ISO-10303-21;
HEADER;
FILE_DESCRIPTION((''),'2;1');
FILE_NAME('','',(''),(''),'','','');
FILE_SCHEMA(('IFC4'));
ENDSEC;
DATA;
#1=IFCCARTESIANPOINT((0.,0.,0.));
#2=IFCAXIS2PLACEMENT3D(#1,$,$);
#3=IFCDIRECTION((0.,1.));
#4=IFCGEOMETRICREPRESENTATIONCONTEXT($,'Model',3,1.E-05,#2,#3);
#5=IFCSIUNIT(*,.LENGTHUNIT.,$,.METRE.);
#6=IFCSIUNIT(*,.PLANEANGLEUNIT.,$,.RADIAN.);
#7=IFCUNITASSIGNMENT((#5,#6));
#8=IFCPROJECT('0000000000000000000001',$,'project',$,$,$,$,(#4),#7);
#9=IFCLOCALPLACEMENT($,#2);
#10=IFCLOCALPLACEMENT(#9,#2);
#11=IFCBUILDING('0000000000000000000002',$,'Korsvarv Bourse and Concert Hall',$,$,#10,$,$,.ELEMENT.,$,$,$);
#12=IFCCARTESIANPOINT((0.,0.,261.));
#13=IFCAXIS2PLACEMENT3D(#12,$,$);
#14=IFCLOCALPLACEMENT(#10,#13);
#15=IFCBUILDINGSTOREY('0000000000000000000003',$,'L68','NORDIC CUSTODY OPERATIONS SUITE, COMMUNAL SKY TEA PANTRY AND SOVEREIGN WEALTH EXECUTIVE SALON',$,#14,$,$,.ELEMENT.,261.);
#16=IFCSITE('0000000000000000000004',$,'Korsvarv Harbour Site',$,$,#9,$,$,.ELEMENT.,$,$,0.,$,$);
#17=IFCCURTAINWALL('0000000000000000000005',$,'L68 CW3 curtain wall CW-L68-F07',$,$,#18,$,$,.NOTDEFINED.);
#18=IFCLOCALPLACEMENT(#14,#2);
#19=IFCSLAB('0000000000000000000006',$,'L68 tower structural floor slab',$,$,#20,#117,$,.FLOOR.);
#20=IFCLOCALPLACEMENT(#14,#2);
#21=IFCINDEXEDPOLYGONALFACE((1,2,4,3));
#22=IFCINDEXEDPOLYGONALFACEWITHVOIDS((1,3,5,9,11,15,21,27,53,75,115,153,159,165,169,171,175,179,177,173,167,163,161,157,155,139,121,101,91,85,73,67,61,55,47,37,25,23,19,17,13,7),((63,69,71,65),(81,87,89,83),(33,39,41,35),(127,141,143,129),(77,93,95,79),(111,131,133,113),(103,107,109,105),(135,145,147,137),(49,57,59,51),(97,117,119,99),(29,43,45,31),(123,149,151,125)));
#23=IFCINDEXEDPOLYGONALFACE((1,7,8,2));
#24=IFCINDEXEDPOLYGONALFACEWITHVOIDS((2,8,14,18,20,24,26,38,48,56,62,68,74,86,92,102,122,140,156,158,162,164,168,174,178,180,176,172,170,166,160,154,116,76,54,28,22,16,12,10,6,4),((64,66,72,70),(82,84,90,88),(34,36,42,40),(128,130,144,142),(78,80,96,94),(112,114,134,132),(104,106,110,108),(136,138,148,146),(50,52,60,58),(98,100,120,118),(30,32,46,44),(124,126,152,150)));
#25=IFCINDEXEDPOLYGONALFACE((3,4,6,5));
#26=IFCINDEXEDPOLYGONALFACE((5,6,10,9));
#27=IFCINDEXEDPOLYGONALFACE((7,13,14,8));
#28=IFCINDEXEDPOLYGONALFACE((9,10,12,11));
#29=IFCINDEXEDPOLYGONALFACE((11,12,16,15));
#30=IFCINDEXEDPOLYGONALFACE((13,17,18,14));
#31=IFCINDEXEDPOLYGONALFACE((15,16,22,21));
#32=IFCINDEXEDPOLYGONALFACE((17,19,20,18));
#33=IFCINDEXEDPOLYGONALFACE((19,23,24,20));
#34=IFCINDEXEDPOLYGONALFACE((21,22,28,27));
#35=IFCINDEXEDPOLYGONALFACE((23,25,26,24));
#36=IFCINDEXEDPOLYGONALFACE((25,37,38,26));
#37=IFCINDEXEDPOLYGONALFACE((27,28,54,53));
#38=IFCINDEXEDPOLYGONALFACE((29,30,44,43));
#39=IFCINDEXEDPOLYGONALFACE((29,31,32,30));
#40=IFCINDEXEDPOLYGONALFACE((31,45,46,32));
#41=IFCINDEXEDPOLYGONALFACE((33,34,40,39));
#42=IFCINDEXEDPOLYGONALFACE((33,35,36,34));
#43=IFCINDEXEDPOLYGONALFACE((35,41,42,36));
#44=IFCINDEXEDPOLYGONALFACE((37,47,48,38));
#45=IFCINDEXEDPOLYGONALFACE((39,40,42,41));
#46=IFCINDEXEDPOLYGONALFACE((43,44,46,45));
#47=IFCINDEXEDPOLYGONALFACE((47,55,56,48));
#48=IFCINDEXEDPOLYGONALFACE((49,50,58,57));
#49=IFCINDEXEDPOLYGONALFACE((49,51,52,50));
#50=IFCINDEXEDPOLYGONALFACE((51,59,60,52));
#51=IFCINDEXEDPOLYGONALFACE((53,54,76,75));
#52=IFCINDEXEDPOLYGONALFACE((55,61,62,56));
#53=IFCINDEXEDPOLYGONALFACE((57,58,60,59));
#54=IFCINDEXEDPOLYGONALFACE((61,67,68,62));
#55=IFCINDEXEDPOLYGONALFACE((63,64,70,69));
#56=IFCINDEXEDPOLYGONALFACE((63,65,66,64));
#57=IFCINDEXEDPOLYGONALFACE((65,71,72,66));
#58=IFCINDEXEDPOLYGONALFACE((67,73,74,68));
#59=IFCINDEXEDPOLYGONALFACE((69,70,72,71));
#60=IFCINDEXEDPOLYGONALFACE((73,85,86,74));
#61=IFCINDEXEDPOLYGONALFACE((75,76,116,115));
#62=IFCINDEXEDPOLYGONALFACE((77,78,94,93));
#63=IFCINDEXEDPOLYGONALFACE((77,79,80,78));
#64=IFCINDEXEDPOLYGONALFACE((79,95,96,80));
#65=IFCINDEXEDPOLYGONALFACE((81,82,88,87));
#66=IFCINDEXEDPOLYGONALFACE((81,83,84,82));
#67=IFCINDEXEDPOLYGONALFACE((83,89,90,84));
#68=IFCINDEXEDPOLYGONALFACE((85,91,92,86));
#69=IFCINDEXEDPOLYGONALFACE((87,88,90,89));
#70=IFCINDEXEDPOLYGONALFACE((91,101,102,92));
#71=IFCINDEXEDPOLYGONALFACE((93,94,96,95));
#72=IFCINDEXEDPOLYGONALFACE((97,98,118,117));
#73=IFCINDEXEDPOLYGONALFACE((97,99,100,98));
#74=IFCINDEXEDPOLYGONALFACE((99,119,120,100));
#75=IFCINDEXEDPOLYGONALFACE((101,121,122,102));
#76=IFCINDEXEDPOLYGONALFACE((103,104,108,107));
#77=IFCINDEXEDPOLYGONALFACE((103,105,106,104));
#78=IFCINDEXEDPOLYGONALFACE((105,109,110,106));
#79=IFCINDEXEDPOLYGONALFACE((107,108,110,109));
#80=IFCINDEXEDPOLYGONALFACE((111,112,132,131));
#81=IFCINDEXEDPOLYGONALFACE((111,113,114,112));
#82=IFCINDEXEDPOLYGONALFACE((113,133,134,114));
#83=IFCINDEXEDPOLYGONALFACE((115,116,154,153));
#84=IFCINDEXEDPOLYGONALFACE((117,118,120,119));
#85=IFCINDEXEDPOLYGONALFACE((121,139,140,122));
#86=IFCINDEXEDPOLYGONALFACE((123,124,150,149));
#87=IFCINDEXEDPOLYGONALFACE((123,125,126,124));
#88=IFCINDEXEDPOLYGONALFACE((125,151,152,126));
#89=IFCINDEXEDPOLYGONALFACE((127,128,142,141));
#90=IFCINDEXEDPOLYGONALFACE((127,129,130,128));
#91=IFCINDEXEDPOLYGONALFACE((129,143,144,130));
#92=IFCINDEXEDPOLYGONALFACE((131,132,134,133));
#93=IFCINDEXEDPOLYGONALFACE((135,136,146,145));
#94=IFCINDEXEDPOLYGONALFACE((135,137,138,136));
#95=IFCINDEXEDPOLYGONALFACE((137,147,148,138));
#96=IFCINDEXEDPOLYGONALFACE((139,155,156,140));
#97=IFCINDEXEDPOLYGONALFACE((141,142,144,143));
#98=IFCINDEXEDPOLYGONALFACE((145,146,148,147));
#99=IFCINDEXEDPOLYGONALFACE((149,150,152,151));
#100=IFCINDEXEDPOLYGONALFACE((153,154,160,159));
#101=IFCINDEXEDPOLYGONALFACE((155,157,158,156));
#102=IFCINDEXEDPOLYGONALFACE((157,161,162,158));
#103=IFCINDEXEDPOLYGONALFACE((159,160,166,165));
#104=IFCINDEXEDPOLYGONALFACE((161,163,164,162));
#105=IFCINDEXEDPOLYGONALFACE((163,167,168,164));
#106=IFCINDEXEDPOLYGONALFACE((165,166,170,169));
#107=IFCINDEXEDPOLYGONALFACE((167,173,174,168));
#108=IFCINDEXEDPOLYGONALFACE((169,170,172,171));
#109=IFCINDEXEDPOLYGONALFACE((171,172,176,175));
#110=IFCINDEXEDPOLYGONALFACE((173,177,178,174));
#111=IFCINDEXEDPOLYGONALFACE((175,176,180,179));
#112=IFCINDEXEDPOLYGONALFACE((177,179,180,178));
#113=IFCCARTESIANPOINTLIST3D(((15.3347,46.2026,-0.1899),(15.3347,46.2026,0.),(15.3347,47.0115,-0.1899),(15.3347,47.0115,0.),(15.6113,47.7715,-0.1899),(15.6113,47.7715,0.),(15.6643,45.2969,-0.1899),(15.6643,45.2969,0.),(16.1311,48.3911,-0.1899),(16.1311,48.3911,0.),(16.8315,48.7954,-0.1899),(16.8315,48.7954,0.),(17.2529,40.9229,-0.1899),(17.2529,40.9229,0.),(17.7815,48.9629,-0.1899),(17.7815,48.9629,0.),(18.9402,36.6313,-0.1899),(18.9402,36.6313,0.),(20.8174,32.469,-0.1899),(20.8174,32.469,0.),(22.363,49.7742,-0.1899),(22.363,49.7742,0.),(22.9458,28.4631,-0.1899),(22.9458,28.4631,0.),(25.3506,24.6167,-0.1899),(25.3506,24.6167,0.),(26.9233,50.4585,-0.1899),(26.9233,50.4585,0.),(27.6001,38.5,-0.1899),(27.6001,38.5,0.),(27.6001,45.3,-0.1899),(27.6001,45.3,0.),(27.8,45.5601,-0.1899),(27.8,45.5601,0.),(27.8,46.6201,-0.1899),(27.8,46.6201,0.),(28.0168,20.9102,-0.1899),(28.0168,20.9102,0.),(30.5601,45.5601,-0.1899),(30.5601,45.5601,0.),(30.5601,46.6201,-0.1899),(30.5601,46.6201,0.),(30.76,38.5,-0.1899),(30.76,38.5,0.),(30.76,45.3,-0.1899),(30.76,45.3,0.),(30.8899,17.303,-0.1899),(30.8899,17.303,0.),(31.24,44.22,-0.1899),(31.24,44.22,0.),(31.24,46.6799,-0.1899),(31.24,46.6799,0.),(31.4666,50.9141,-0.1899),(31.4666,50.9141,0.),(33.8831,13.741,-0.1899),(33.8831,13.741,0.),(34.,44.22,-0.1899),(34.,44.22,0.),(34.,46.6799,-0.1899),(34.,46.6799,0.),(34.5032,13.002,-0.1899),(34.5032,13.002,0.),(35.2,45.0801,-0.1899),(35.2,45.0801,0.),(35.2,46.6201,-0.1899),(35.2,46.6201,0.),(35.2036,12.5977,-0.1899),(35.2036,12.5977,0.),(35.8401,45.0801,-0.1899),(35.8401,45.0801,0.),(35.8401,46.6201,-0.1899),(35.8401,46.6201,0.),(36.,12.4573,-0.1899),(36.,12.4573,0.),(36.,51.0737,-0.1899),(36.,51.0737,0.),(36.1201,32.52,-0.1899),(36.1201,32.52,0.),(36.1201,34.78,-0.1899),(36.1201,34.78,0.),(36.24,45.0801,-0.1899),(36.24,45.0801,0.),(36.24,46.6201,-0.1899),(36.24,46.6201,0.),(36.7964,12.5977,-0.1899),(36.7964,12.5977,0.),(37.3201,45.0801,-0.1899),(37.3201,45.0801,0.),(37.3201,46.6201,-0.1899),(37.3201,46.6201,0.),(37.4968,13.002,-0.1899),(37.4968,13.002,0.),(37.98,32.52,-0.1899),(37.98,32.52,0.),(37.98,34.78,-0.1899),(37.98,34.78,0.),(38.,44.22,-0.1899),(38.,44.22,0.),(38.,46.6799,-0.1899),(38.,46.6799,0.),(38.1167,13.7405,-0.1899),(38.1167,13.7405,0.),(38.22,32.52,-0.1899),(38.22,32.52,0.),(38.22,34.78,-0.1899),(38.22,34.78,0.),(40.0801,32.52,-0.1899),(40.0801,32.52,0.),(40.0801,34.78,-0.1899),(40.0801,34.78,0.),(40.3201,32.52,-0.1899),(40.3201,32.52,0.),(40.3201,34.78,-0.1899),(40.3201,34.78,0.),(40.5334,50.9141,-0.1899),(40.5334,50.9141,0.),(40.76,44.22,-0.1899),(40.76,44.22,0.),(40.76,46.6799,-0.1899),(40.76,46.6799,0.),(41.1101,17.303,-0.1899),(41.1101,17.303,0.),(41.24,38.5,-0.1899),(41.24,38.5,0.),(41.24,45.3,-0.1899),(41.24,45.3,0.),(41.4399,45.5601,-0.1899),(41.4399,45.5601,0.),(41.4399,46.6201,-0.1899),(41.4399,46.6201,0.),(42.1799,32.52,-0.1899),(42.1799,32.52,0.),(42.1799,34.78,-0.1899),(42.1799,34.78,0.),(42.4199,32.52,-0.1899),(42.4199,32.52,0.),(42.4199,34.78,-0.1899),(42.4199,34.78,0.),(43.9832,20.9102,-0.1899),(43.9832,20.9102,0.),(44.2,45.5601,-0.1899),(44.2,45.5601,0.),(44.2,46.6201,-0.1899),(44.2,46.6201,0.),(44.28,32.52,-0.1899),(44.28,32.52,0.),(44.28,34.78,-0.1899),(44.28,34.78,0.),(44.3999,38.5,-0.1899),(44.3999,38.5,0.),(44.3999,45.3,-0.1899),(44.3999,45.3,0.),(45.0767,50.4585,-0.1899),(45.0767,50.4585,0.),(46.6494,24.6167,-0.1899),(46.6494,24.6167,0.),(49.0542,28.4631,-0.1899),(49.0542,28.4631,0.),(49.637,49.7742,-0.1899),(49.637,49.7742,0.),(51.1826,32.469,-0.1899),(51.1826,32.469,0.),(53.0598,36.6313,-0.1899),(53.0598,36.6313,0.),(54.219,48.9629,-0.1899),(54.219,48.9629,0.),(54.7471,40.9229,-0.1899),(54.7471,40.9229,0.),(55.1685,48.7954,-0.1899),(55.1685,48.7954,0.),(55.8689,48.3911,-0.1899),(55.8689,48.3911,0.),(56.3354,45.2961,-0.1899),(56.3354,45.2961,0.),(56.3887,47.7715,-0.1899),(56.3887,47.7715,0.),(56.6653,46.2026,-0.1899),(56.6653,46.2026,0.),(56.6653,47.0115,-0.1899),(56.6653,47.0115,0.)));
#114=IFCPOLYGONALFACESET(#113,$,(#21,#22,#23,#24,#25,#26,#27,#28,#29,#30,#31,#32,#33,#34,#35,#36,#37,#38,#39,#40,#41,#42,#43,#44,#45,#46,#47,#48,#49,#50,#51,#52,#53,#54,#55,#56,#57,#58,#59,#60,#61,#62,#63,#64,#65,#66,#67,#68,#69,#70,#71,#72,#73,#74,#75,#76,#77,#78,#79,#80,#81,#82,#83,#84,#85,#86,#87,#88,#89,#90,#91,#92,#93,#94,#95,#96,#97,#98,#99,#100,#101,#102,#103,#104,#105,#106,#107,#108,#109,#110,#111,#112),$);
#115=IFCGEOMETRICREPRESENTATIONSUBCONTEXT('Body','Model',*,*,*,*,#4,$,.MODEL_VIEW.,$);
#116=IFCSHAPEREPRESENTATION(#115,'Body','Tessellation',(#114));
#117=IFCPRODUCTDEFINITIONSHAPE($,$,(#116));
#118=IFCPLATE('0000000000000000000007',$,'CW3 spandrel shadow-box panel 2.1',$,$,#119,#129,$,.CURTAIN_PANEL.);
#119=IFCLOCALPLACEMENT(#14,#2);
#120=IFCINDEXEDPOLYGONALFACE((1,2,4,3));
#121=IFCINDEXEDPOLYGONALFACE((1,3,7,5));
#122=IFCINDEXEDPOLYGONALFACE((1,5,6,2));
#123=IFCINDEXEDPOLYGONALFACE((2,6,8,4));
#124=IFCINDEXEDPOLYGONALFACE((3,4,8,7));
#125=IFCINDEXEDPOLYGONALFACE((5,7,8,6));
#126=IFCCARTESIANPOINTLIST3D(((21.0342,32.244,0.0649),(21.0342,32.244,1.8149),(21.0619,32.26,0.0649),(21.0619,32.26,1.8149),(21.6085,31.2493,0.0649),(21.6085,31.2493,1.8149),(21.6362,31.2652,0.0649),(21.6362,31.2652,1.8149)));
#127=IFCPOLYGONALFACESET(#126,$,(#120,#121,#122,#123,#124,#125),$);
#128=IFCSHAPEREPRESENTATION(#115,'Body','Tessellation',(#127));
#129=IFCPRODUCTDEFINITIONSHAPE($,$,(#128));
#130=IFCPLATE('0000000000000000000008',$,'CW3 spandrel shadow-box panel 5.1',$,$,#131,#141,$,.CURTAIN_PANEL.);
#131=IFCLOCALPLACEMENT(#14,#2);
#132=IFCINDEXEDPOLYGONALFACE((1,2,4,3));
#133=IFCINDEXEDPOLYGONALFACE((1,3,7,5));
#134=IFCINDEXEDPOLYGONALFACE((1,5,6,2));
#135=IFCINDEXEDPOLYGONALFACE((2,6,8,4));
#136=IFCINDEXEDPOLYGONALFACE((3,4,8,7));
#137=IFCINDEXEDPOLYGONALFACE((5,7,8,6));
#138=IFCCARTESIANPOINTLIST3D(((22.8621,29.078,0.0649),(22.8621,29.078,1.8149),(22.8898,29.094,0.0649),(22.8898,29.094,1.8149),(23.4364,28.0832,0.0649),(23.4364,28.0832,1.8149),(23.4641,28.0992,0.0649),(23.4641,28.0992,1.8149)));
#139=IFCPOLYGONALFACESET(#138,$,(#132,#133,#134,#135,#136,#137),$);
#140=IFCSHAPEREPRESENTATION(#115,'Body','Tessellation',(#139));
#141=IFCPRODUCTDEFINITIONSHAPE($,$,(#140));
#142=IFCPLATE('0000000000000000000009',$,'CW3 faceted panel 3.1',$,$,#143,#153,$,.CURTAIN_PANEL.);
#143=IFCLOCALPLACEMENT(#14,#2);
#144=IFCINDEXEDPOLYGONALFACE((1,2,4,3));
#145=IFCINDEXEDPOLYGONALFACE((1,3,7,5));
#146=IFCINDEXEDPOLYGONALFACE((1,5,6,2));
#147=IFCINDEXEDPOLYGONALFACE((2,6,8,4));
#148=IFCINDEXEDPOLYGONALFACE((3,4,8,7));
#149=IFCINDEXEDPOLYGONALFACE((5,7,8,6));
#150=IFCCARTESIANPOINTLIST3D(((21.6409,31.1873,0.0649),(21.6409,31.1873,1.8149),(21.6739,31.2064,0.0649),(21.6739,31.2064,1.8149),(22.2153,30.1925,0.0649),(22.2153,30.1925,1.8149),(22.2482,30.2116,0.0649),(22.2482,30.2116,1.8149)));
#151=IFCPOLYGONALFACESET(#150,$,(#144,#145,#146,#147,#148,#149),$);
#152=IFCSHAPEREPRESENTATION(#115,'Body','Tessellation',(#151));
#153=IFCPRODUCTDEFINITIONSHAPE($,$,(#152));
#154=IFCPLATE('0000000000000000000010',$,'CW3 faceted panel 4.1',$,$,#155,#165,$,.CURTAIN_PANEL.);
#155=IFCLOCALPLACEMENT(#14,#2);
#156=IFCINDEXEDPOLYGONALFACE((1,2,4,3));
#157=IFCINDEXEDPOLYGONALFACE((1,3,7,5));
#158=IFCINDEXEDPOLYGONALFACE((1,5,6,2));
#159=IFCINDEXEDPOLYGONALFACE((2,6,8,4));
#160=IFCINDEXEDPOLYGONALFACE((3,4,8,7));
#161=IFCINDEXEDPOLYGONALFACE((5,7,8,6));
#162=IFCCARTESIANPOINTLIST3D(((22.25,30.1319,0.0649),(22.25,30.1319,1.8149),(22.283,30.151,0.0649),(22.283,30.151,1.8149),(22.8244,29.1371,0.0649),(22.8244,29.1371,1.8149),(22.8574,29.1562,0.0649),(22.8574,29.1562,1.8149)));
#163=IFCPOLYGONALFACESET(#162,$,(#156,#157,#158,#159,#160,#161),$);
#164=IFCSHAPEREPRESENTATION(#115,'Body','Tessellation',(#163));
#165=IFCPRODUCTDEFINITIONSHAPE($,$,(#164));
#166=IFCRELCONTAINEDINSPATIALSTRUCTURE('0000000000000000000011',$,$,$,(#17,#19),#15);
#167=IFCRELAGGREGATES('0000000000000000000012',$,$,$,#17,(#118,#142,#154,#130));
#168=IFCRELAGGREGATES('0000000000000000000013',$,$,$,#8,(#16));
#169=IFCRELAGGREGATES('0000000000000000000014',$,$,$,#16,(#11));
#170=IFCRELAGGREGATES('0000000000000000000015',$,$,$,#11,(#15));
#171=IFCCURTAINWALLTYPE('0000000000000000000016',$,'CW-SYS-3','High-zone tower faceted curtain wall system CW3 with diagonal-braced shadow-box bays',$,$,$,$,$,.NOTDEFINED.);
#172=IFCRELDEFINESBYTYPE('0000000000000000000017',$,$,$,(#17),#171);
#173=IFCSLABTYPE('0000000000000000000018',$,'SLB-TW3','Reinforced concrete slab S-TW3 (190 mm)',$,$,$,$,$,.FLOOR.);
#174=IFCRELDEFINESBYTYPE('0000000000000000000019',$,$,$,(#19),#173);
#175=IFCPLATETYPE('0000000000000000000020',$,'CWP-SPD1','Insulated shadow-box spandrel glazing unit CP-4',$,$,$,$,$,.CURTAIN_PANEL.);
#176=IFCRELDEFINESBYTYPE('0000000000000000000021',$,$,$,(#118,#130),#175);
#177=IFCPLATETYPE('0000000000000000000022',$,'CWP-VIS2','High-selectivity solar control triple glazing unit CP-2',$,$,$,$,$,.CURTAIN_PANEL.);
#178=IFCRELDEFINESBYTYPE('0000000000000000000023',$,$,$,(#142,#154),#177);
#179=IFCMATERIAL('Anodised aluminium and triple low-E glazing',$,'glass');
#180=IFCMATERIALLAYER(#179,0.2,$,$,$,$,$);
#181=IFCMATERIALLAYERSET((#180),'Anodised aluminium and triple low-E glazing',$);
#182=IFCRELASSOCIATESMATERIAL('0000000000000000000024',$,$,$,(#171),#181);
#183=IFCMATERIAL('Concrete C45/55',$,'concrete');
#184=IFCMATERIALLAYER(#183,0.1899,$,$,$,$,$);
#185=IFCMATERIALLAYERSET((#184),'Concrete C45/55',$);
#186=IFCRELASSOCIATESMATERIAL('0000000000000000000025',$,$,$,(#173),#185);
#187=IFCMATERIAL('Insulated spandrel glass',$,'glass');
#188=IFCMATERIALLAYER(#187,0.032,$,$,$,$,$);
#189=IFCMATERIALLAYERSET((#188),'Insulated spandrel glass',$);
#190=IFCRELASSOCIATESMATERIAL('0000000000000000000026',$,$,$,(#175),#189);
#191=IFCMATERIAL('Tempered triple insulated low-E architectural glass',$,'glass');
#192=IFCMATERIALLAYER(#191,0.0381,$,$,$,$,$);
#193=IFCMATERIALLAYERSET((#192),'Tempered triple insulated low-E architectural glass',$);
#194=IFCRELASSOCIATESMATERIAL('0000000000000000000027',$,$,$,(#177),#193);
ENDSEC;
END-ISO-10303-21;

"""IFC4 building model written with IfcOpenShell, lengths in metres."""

from ifc_helpers import new_model, si_unit, direction, frame, origin, origin_2d, place, context, subcontext, project, spatial, polyline, rectangle, outline, extrude, source, transform, mapped, material, layer, layer_set, type_object, element, aggregate, save


model = new_model("IFC4")

# Units and contexts
model_context = context("Model", 3, precision=1e-05, world=origin(), true_north=direction((0.0, 1.0)))
body_context = subcontext(model_context, "Body", "Model", "MODEL_VIEW")
ifc_project = project(units=[si_unit("LENGTHUNIT", "METRE"), si_unit("PLANEANGLEUNIT", "RADIAN")], contexts=[model_context])

# Site, building, storey
site_placement = place(None, origin())
site = spatial("IfcSite", under=ifc_project, at=site_placement, Name="Korsvarv Harbour Site", CompositionType="ELEMENT", RefElevation=0.0)
building_placement = place(site_placement, origin())
building = spatial("IfcBuilding", under=site, at=building_placement, Name="Korsvarv Bourse and Concert Hall", CompositionType="ELEMENT")
storey_placement = place(building_placement, frame((0.0, 0.0, 261.0)))
storey = spatial("IfcBuildingStorey", under=building, at=storey_placement, Name="L68", Description="NORDIC CUSTODY OPERATIONS SUITE, COMMUNAL SKY TEA PANTRY AND SOVEREIGN WEALTH EXECUTIVE SALON", CompositionType="ELEMENT", Elevation=261.0)

# Curtain wall
ifc_material_1 = material(Name="Anodised aluminium and triple low-E glazing", Category="glass")
ifc_layer_1 = layer(ifc_material_1, 0.2)
ifc_layer_set_1 = layer_set([ifc_layer_1], Name="Anodised aluminium and triple low-E glazing")
curtain_wall_type = type_object("IfcCurtainWallType", Name="CW-SYS-3", Description="High-zone tower faceted curtain wall system CW3 with diagonal-braced shadow-box bays", PredefinedType="NOTDEFINED", material=ifc_layer_set_1)
curtain_wall_placement = place(storey_placement, origin())
curtain_wall = element("IfcCurtainWall", 1, at=curtain_wall_placement, inside=storey, type_object=curtain_wall_type, Name="L68 CW3 curtain wall CW-L68-F07", PredefinedType="NOTDEFINED")

# Slab
ifc_material_2 = material(Name="Concrete C45/55", Category="concrete")
ifc_layer_2 = layer(ifc_material_2, 0.1899)
ifc_layer_set_2 = layer_set([ifc_layer_2], Name="Concrete C45/55")
slab_type_1 = type_object("IfcSlabType", Name="SLB-TW3", Description="Reinforced concrete slab S-TW3 (190 mm)", PredefinedType="FLOOR", material=ifc_layer_set_2)
slab_1_placement = place(storey_placement, frame((0.0, 0.0, -0.1899)))
element("IfcSlab", 2, at=slab_1_placement, inside=storey, type_object=slab_type_1, Name="L68 tower structural floor slab", PredefinedType="FLOOR", context=body_context, shape_type="SweptSolid", body=[
    extrude(outline(polyline([(56.3354, 45.2961), (54.7471, 40.9229), (53.0598, 36.6313), (51.1826, 32.469), (49.0542, 28.4631), (46.6494, 24.6167), (43.9832, 20.9102), (41.1101, 17.303), (38.1167, 13.7405), (37.4968, 13.002), (36.7964, 12.5977), (36.0, 12.4573), (35.2036, 12.5977), (34.5032, 13.002), (33.8831, 13.741), (30.8899, 17.303), (28.0168, 20.9102), (25.3506, 24.6167), (22.9458, 28.4631), (20.8174, 32.469), (18.9402, 36.6313), (17.2529, 40.9229), (15.6643, 45.2969), (15.3347, 46.2026), (15.3347, 47.0115), (15.6113, 47.7715), (16.1311, 48.3911), (16.8315, 48.7954), (17.7815, 48.9629), (22.363, 49.7742), (26.9233, 50.4585), (31.4666, 50.9141), (36.0, 51.0737), (40.5334, 50.9141), (45.0767, 50.4585), (49.637, 49.7742), (54.219, 48.9629), (55.1685, 48.7954), (55.8689, 48.3911), (56.3887, 47.7715), (56.6653, 47.0115), (56.6653, 46.2026), (56.3354, 45.2961)]), holes=[polyline([(30.76, 38.5), (30.76, 45.3), (27.6001, 45.3), (27.6001, 38.5), (30.76, 38.5)]), polyline([(44.3999, 38.5), (44.3999, 45.3), (41.24, 45.3), (41.24, 38.5), (44.3999, 38.5)]), polyline([(31.24, 44.22), (34.0, 44.22), (34.0, 46.6799), (31.24, 46.6799), (31.24, 44.22)]), polyline([(38.0, 44.22), (40.76, 44.22), (40.76, 46.6799), (38.0, 46.6799), (38.0, 44.22)]), polyline([(36.1201, 32.52), (37.98, 32.52), (37.98, 34.78), (36.1201, 34.78), (36.1201, 32.52)]), polyline([(38.22, 32.52), (40.0801, 32.52), (40.0801, 34.78), (38.22, 34.78), (38.22, 32.52)]), polyline([(40.3201, 32.52), (42.1799, 32.52), (42.1799, 34.78), (40.3201, 34.78), (40.3201, 32.52)]), polyline([(42.4199, 32.52), (44.28, 32.52), (44.28, 34.78), (42.4199, 34.78), (42.4199, 32.52)]), polyline([(27.8, 45.5601), (30.5601, 45.5601), (30.5601, 46.6201), (27.8, 46.6201), (27.8, 45.5601)]), polyline([(41.4399, 45.5601), (44.2, 45.5601), (44.2, 46.6201), (41.4399, 46.6201), (41.4399, 45.5601)]), polyline([(35.2, 45.0801), (35.8401, 45.0801), (35.8401, 46.6201), (35.2, 46.6201), (35.2, 45.0801)]), polyline([(36.24, 45.0801), (37.3201, 45.0801), (37.3201, 46.6201), (36.24, 46.6201), (36.24, 45.0801)])]), origin(), (0.0, 0.0, 1.0), 0.1899),
])

# Plates
ifc_material_3 = material(Name="Insulated spandrel glass", Category="glass")
ifc_layer_3 = layer(ifc_material_3, 0.032)
ifc_layer_set_3 = layer_set([ifc_layer_3], Name="Insulated spandrel glass")
plate_type_1 = type_object("IfcPlateType", Name="CWP-SPD1", Description="Insulated shadow-box spandrel glazing unit CP-4", PredefinedType="CURTAIN_PANEL", material=ifc_layer_set_3)
shared_shape_1 = source(origin(), body_context, "Body", "SweptSolid", [
    extrude(rectangle(XDim=1.1487, YDim=0.032, at=origin_2d()), origin(), (0.0, 0.0, 1.0), 1.75),
])
plate_1_placement = place(storey_placement, frame((21.3352, 31.7546, 0.0649), z_axis=(0.0, 0.0, 1.0), x_axis=(0.500004, -0.866023, 0.0)))
plate_1 = element("IfcPlate", 3, at=plate_1_placement, type_object=plate_type_1, Name="CW3 spandrel shadow-box panel 2.1", PredefinedType="CURTAIN_PANEL", context=body_context, shape_type="MappedRepresentation", body=[
    mapped(shared_shape_1, transform((0.0, 0.0, 0.0), scale=1.0)),
])
plate_2_placement = place(storey_placement, frame((23.1631, 28.5886, 0.0649), z_axis=(0.0, 0.0, 1.0), x_axis=(0.500004, -0.866023, 0.0)))
plate_2 = element("IfcPlate", 4, at=plate_2_placement, type_object=plate_type_1, Name="CW3 spandrel shadow-box panel 5.1", PredefinedType="CURTAIN_PANEL", context=body_context, shape_type="MappedRepresentation", body=[
    mapped(shared_shape_1, transform((0.0, 0.0, 0.0), scale=1.0)),
])
ifc_material_4 = material(Name="Tempered triple insulated low-E architectural glass", Category="glass")
ifc_layer_4 = layer(ifc_material_4, 0.0381)
ifc_layer_set_4 = layer_set([ifc_layer_4], Name="Tempered triple insulated low-E architectural glass")
plate_type_2 = type_object("IfcPlateType", Name="CWP-VIS2", Description="High-selectivity solar control triple glazing unit CP-2", PredefinedType="CURTAIN_PANEL", material=ifc_layer_set_4)
shared_shape_2 = source(origin(), body_context, "Body", "SweptSolid", [
    extrude(rectangle(XDim=1.1487, YDim=0.0381, at=origin_2d()), origin(), (0.0, 0.0, 1.0), 1.75),
])
plate_3_placement = place(storey_placement, frame((21.9446, 30.6995, 0.0649), z_axis=(0.0, 0.0, 1.0), x_axis=(0.500004, -0.866023, 0.0)))
plate_3 = element("IfcPlate", 5, at=plate_3_placement, type_object=plate_type_2, Name="CW3 faceted panel 3.1", PredefinedType="CURTAIN_PANEL", context=body_context, shape_type="MappedRepresentation", body=[
    mapped(shared_shape_2, transform((0.0, 0.0, 0.0), scale=1.0)),
])
plate_4_placement = place(storey_placement, frame((22.5537, 29.644, 0.0649), z_axis=(0.0, 0.0, 1.0), x_axis=(0.500004, -0.866023, 0.0)))
plate_4 = element("IfcPlate", 6, at=plate_4_placement, type_object=plate_type_2, Name="CW3 faceted panel 4.1", PredefinedType="CURTAIN_PANEL", context=body_context, shape_type="MappedRepresentation", body=[
    mapped(shared_shape_2, transform((0.0, 0.0, 0.0), scale=1.0)),
])
aggregate(curtain_wall, [plate_1, plate_3, plate_4, plate_2])

save(model, "model.ifc")
